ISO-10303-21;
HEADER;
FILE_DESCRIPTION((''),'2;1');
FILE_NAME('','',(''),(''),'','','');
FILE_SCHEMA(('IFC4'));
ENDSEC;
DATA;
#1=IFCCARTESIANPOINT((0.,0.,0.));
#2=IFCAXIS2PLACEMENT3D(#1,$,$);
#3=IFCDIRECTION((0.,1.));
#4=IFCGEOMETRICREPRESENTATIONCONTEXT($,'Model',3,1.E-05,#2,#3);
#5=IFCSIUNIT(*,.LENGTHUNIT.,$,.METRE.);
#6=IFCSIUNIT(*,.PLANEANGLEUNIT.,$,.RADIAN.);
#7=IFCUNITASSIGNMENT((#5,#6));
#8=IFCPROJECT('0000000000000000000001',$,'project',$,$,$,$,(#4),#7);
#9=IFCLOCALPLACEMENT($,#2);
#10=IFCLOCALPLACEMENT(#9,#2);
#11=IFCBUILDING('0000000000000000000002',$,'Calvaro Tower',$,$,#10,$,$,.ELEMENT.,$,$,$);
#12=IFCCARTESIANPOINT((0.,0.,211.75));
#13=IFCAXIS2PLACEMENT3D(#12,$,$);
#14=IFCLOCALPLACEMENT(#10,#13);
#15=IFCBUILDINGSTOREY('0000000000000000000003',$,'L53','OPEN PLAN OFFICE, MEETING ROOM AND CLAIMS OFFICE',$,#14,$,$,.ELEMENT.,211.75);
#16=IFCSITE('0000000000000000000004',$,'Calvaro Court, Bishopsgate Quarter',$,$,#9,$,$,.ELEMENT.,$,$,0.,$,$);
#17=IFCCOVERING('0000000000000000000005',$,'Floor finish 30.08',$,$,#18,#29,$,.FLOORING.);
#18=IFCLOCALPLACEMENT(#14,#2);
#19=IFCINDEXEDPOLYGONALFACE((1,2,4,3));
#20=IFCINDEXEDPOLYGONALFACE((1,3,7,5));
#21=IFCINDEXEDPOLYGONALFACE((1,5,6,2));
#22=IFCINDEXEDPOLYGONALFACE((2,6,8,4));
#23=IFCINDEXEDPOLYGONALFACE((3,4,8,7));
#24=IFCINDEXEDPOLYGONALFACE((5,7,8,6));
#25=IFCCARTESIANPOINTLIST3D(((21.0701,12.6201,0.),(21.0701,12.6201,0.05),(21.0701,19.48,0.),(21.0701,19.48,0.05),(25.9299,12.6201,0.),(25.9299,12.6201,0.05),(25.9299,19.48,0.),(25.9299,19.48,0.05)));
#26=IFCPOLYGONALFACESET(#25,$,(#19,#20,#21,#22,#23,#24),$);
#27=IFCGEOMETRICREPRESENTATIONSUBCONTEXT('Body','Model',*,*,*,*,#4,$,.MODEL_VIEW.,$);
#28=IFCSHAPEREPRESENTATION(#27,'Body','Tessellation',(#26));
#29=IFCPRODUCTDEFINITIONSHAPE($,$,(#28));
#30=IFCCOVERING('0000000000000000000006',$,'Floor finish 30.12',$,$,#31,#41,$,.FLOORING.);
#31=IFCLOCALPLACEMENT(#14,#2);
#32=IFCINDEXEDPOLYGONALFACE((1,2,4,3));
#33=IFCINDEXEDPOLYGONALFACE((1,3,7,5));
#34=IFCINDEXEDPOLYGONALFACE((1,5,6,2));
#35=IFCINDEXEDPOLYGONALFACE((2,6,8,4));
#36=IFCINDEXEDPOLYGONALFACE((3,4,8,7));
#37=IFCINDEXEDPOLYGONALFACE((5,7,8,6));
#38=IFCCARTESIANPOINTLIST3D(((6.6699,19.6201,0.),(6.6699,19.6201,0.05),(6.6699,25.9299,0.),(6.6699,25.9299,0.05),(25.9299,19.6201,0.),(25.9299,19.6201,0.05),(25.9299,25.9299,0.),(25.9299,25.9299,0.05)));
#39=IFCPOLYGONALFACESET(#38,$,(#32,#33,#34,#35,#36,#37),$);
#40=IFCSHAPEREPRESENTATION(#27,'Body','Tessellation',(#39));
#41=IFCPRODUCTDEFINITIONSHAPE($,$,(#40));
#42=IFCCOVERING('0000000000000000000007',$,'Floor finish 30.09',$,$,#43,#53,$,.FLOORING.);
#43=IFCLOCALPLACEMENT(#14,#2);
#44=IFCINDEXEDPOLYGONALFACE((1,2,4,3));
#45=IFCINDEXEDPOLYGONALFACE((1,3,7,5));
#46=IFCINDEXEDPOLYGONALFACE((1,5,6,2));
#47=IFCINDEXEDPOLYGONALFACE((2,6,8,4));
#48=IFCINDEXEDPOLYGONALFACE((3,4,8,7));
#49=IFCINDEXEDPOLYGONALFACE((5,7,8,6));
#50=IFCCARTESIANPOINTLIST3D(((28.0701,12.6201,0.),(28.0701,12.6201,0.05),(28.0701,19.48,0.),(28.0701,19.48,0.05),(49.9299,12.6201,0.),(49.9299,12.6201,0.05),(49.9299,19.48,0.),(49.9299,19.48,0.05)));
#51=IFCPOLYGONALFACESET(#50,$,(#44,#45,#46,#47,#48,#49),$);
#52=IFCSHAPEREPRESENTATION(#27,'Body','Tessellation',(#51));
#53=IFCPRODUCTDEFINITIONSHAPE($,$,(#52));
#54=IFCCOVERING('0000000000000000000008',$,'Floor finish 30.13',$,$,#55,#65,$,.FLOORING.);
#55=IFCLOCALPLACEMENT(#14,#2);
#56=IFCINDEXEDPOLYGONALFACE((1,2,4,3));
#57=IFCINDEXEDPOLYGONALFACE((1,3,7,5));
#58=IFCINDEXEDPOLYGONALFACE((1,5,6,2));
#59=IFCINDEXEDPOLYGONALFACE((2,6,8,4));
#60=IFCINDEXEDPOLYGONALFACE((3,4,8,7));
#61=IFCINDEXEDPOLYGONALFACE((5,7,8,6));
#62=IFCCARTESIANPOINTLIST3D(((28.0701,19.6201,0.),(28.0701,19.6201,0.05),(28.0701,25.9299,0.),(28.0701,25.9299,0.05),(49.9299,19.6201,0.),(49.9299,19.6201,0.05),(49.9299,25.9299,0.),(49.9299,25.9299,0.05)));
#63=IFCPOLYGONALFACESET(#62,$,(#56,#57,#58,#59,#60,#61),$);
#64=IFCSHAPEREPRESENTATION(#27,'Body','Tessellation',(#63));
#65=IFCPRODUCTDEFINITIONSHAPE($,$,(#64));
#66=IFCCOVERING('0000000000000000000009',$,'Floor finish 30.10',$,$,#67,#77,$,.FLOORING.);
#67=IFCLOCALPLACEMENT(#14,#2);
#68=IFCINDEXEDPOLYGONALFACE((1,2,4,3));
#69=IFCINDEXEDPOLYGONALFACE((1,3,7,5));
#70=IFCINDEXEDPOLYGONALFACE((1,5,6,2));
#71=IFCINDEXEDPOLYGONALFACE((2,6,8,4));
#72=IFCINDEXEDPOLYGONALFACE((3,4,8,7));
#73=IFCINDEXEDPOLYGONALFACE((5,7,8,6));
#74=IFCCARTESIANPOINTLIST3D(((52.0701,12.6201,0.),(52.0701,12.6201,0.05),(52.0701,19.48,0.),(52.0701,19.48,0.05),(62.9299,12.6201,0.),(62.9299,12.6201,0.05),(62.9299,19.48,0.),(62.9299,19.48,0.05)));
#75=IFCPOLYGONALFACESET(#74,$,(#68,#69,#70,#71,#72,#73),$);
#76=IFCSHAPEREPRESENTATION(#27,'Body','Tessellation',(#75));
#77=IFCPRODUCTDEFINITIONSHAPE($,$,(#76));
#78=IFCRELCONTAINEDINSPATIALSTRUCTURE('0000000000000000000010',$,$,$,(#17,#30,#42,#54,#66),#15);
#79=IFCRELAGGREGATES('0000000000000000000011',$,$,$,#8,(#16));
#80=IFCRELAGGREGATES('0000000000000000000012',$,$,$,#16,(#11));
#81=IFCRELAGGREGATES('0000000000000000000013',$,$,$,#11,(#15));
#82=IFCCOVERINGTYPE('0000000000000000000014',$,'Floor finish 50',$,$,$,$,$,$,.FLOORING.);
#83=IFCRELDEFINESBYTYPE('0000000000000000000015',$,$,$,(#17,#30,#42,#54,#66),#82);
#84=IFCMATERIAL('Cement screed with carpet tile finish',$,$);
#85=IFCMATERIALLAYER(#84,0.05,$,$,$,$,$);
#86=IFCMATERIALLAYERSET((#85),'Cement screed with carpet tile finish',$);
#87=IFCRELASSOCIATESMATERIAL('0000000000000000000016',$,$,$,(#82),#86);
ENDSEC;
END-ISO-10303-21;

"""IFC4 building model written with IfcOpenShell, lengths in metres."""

from ifc_helpers import new_model, si_unit, direction, frame, origin, place, context, subcontext, project, spatial, polyline, outline, extrude, material, layer, layer_set, type_object, element, save


model = new_model("IFC4")

# Units and contexts
model_context = context("Model", 3, precision=1e-05, world=origin(), true_north=direction((0.0, 1.0)))
body_context = subcontext(model_context, "Body", "Model", "MODEL_VIEW")
ifc_project = project(units=[si_unit("LENGTHUNIT", "METRE"), si_unit("PLANEANGLEUNIT", "RADIAN")], contexts=[model_context])

# Site, building, storey
site_placement = place(None, origin())
site = spatial("IfcSite", under=ifc_project, at=site_placement, Name="Calvaro Court, Bishopsgate Quarter", CompositionType="ELEMENT", RefElevation=0.0)
building_placement = place(site_placement, origin())
building = spatial("IfcBuilding", under=site, at=building_placement, Name="Calvaro Tower", CompositionType="ELEMENT")
storey_placement = place(building_placement, frame((0.0, 0.0, 211.75)))
storey = spatial("IfcBuildingStorey", under=building, at=storey_placement, Name="L53", Description="OPEN PLAN OFFICE, MEETING ROOM AND CLAIMS OFFICE", CompositionType="ELEMENT", Elevation=211.75)

# Coverings
ifc_material_1 = material(Name="Cement screed with carpet tile finish")
ifc_layer_1 = layer(ifc_material_1, 0.05)
ifc_layer_set_1 = layer_set([ifc_layer_1], Name="Cement screed with carpet tile finish")
covering_type = type_object("IfcCoveringType", Name="Floor finish 50", PredefinedType="FLOORING", material=ifc_layer_set_1)
covering_1_placement = place(storey_placement, origin())
element("IfcCovering", 1, at=covering_1_placement, inside=storey, type_object=covering_type, Name="Floor finish 30.08", PredefinedType="FLOORING", context=body_context, shape_type="SweptSolid", body=[
    extrude(outline(polyline([(21.0701, 12.6201), (21.0701, 19.48), (25.9299, 19.48), (25.9299, 12.6201), (21.0701, 12.6201)])), origin(), (0.0, 0.0, 1.0), 0.05),
])
covering_2_placement = place(storey_placement, origin())
element("IfcCovering", 2, at=covering_2_placement, inside=storey, type_object=covering_type, Name="Floor finish 30.12", PredefinedType="FLOORING", context=body_context, shape_type="SweptSolid", body=[
    extrude(outline(polyline([(25.9299, 25.9299), (25.9299, 19.6201), (6.6699, 19.6201), (6.6699, 25.9299), (25.9299, 25.9299)])), origin(), (0.0, 0.0, 1.0), 0.05),
])
covering_3_placement = place(storey_placement, origin())
element("IfcCovering", 3, at=covering_3_placement, inside=storey, type_object=covering_type, Name="Floor finish 30.09", PredefinedType="FLOORING", context=body_context, shape_type="SweptSolid", body=[
    extrude(outline(polyline([(28.0701, 12.6201), (28.0701, 19.48), (49.9299, 19.48), (49.9299, 12.6201), (28.0701, 12.6201)])), origin(), (0.0, 0.0, 1.0), 0.05),
])
covering_4_placement = place(storey_placement, origin())
element("IfcCovering", 4, at=covering_4_placement, inside=storey, type_object=covering_type, Name="Floor finish 30.13", PredefinedType="FLOORING", context=body_context, shape_type="SweptSolid", body=[
    extrude(outline(polyline([(28.0701, 19.6201), (28.0701, 25.9299), (49.9299, 25.9299), (49.9299, 19.6201), (28.0701, 19.6201)])), origin(), (0.0, 0.0, 1.0), 0.05),
])
covering_5_placement = place(storey_placement, origin())
element("IfcCovering", 5, at=covering_5_placement, inside=storey, type_object=covering_type, Name="Floor finish 30.10", PredefinedType="FLOORING", context=body_context, shape_type="SweptSolid", body=[
    extrude(outline(polyline([(52.0701, 12.6201), (52.0701, 19.48), (62.9299, 19.48), (62.9299, 12.6201), (52.0701, 12.6201)])), origin(), (0.0, 0.0, 1.0), 0.05),
])

save(model, "model.ifc")
